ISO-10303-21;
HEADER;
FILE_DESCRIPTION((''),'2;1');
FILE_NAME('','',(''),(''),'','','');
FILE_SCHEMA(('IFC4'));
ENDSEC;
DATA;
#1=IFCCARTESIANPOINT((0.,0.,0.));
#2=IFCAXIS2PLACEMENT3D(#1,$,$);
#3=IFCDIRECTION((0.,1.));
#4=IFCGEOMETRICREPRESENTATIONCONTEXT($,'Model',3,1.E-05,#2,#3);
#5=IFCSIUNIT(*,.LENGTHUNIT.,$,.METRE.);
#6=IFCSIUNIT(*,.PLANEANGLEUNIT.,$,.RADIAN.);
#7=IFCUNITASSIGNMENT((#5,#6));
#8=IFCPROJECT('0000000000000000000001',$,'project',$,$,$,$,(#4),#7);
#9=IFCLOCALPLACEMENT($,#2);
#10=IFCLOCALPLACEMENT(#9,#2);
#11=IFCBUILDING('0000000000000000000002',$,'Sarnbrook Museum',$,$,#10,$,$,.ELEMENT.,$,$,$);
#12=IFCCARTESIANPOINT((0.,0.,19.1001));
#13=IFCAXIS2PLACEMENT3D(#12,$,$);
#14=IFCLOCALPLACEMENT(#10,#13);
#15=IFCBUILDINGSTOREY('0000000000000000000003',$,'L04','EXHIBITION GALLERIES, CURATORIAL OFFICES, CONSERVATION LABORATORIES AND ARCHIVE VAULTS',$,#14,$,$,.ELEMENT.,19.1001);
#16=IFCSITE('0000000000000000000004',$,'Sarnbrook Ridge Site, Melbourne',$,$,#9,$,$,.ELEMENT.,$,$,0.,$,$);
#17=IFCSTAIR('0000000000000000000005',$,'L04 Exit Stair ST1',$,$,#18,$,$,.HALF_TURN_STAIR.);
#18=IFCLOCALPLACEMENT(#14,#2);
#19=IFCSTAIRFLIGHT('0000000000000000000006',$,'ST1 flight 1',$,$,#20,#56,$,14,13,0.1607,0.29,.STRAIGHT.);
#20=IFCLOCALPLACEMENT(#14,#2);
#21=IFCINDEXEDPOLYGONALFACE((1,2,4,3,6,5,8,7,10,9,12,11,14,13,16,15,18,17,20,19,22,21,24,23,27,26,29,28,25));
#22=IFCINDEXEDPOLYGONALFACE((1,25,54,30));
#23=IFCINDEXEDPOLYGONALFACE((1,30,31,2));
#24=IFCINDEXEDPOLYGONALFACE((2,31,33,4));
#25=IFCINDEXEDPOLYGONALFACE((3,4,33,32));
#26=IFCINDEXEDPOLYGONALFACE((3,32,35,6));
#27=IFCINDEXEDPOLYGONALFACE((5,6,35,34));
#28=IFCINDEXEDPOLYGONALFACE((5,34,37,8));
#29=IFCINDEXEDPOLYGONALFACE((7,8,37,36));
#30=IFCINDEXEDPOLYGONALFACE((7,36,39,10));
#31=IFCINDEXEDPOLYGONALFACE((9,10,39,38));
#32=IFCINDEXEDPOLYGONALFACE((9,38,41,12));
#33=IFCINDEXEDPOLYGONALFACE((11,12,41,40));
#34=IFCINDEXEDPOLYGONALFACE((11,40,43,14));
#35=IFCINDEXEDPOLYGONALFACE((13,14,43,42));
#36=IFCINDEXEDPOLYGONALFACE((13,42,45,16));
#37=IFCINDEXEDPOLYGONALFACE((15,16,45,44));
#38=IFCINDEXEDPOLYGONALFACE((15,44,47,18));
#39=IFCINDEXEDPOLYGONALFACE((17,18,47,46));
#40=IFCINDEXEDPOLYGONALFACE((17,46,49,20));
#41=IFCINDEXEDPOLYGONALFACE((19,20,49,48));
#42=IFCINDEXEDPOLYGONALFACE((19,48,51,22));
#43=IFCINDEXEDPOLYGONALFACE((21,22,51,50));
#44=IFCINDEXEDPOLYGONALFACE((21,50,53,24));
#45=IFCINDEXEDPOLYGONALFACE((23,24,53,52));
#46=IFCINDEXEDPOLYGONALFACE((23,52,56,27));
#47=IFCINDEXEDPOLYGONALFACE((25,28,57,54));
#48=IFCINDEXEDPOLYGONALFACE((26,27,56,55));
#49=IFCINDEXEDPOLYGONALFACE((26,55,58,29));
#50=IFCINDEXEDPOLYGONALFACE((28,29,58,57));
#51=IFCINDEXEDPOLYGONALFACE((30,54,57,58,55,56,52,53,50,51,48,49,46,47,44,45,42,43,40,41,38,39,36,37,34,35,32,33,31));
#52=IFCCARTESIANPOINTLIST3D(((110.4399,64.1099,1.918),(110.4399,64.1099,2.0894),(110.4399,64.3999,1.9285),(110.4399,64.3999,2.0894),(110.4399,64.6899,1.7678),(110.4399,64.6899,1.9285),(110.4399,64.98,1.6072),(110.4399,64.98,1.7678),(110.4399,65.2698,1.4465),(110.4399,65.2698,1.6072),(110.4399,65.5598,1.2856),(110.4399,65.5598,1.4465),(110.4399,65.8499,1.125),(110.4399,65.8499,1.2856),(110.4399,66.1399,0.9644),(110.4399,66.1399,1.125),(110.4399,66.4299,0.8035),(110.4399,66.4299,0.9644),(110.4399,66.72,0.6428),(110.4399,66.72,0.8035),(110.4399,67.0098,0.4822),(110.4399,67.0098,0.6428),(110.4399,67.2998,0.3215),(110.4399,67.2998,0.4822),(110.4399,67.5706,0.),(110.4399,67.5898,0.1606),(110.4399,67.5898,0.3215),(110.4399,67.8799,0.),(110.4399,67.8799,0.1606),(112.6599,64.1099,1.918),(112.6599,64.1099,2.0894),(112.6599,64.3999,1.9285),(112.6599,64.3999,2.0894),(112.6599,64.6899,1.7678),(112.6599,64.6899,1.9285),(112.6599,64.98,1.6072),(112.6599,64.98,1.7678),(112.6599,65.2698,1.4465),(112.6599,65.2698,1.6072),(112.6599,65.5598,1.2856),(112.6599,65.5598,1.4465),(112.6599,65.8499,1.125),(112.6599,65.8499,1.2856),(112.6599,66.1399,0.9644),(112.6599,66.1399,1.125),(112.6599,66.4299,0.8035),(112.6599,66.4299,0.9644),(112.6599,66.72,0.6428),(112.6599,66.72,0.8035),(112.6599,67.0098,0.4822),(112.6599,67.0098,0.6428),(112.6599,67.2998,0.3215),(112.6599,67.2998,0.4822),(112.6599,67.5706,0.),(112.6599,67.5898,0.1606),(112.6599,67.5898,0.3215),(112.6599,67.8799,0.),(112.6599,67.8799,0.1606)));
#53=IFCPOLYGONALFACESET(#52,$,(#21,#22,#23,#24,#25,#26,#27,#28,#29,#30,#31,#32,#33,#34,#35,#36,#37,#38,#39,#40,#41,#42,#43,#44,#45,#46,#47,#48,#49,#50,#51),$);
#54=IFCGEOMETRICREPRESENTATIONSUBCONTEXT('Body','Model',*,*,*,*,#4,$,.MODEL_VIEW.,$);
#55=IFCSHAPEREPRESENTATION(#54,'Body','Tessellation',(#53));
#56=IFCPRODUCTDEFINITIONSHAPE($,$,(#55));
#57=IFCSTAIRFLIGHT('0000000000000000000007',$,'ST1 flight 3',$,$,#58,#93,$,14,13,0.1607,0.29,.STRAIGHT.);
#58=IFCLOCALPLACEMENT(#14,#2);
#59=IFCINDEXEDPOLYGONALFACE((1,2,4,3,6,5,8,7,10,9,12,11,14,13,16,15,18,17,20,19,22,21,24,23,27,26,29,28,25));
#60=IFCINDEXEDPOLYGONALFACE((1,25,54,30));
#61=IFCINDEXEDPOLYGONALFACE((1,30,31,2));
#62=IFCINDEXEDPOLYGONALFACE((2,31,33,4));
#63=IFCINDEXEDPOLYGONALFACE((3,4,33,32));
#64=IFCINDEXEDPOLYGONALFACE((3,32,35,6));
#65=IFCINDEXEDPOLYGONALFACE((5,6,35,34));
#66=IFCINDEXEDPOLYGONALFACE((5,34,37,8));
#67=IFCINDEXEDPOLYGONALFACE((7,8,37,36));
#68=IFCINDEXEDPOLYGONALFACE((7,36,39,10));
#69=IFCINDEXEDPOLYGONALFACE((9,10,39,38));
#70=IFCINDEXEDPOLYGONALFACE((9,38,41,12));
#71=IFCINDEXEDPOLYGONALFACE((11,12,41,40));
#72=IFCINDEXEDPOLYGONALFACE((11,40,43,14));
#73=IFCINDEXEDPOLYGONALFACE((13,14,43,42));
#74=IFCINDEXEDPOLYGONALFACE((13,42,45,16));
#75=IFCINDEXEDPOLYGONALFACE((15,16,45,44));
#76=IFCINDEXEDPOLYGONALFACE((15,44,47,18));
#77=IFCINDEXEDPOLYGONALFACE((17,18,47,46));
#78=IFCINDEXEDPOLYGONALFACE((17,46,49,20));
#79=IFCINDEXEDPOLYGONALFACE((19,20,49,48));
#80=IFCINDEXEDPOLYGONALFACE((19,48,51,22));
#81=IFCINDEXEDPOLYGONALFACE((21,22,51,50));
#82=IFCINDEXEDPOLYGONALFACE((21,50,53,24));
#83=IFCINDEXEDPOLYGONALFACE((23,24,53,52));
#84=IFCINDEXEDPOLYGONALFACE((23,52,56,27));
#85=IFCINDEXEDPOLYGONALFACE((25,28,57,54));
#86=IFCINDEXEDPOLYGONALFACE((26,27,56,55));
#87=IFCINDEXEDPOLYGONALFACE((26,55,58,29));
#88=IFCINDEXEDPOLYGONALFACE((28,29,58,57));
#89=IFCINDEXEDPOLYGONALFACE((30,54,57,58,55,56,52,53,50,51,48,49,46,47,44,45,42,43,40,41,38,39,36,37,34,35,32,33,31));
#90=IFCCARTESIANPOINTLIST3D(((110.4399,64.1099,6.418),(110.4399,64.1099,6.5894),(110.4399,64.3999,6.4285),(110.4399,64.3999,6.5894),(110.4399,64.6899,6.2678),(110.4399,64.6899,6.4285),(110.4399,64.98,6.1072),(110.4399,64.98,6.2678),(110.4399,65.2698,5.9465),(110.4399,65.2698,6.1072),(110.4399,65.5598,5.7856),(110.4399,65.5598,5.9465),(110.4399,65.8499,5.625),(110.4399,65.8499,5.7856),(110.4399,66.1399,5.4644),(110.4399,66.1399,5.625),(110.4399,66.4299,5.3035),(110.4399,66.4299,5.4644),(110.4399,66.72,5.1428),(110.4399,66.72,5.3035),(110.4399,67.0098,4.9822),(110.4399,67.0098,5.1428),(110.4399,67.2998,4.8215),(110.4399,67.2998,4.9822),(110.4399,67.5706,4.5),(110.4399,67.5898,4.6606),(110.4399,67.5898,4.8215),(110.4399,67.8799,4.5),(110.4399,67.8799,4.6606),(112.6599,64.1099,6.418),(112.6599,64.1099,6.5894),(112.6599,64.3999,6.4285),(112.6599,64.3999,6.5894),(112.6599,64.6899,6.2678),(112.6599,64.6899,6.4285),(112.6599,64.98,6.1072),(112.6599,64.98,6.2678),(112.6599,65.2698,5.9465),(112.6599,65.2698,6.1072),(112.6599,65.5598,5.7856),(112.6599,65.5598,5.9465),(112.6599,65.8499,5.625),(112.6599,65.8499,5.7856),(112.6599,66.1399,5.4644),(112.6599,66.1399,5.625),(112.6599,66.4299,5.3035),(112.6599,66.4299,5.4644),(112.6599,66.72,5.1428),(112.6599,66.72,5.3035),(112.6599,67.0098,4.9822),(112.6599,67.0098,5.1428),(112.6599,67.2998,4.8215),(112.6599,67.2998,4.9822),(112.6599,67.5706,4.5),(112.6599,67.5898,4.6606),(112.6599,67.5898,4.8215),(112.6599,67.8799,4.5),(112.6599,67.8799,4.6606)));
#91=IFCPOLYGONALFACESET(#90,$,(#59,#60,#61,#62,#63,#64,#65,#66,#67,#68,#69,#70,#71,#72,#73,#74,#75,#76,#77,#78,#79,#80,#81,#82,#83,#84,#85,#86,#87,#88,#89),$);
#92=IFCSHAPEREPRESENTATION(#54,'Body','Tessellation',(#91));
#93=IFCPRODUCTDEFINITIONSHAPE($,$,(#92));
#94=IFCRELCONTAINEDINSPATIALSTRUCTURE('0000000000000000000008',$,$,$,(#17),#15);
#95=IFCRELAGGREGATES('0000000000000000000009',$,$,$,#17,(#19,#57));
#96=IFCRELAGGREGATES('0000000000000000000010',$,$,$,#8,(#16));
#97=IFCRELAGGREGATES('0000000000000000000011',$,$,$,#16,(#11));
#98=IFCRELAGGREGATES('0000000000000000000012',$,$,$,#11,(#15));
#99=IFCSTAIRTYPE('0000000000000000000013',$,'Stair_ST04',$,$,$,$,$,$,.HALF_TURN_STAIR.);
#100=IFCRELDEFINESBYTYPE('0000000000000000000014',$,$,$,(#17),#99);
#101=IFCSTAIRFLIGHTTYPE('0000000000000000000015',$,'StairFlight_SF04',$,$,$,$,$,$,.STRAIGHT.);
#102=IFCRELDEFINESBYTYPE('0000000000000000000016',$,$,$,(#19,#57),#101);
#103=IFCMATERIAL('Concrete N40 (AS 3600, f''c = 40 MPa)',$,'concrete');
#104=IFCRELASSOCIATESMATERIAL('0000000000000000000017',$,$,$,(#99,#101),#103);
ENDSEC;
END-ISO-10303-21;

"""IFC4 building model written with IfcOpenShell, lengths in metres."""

from ifc_helpers import new_model, si_unit, direction, frame, origin, place, context, subcontext, project, spatial, polyline, outline, extrude, material, type_object, element, aggregate, save


model = new_model("IFC4")

# Units and contexts
model_context = context("Model", 3, precision=1e-05, world=origin(), true_north=direction((0.0, 1.0)))
body_context = subcontext(model_context, "Body", "Model", "MODEL_VIEW")
ifc_project = project(units=[si_unit("LENGTHUNIT", "METRE"), si_unit("PLANEANGLEUNIT", "RADIAN")], contexts=[model_context])

# Site, building, storey
site_placement = place(None, origin())
site = spatial("IfcSite", under=ifc_project, at=site_placement, Name="Sarnbrook Ridge Site, Melbourne", CompositionType="ELEMENT", RefElevation=0.0)
building_placement = place(site_placement, origin())
building = spatial("IfcBuilding", under=site, at=building_placement, Name="Sarnbrook Museum", CompositionType="ELEMENT")
storey_placement = place(building_placement, frame((0.0, 0.0, 19.1001)))
storey = spatial("IfcBuildingStorey", under=building, at=storey_placement, Name="L04", Description="EXHIBITION GALLERIES, CURATORIAL OFFICES, CONSERVATION LABORATORIES AND ARCHIVE VAULTS", CompositionType="ELEMENT", Elevation=19.1001)

# Stair, stair flights
ifc_material_1 = material(Name="Concrete N40 (AS 3600, f'c = 40 MPa)", Category="concrete")
stair_type = type_object("IfcStairType", Name="Stair_ST04", PredefinedType="HALF_TURN_STAIR", material=ifc_material_1)
stair_placement = place(storey_placement, origin())
stair = element("IfcStair", 1, at=stair_placement, inside=storey, type_object=stair_type, Name="L04 Exit Stair ST1", PredefinedType="HALF_TURN_STAIR")
stair_flight_type = type_object("IfcStairFlightType", Name="StairFlight_SF04", PredefinedType="STRAIGHT", material=ifc_material_1)
stair_flight_1_placement = place(storey_placement, frame((111.55, 67.8799, 0.0), z_axis=(0.0, 0.0, 1.0), x_axis=(0.0, -1.0, 0.0)))
stair_flight_1 = element("IfcStairFlight", 2, at=stair_flight_1_placement, type_object=stair_flight_type, Name="ST1 flight 1", NumberOfRisers=14, NumberOfTreads=13, PredefinedType="STRAIGHT", RiserHeight=0.1607, TreadLength=0.29, context=body_context, shape_type="SweptSolid", body=[
    extrude(outline(polyline([(0.0, 0.0), (0.0, 0.1606), (0.29, 0.1606), (0.29, 0.3215), (0.5801, 0.3215), (0.5801, 0.4822), (0.8701, 0.4822), (0.8701, 0.6428), (1.1599, 0.6428), (1.1599, 0.8035), (1.45, 0.8035), (1.45, 0.9644), (1.74, 0.9644), (1.74, 1.125), (2.03, 1.125), (2.03, 1.2856), (2.3201, 1.2856), (2.3201, 1.4465), (2.6101, 1.4465), (2.6101, 1.6072), (2.8999, 1.6072), (2.8999, 1.7678), (3.1899, 1.7678), (3.1899, 1.9285), (3.48, 1.9285), (3.48, 2.0894), (3.77, 2.0894), (3.77, 2.25), (3.77, 1.918), (0.3093, 0.0), (0.0, 0.0)])), frame((0.0, 1.1099, 0.0), z_axis=(0.0, -1.0, 0.0), x_axis=(1.0, 0.0, 0.0)), (0.0, 0.0, 1.0), 2.22),
])
stair_flight_2_placement = place(storey_placement, frame((111.55, 67.8799, 4.5), z_axis=(0.0, 0.0, 1.0), x_axis=(0.0, -1.0, 0.0)))
stair_flight_2 = element("IfcStairFlight", 3, at=stair_flight_2_placement, type_object=stair_flight_type, Name="ST1 flight 3", NumberOfRisers=14, NumberOfTreads=13, PredefinedType="STRAIGHT", RiserHeight=0.1607, TreadLength=0.29, context=body_context, shape_type="SweptSolid", body=[
    extrude(outline(polyline([(0.0, 0.0), (0.0, 0.1606), (0.29, 0.1606), (0.29, 0.3215), (0.5801, 0.3215), (0.5801, 0.4822), (0.8701, 0.4822), (0.8701, 0.6428), (1.1599, 0.6428), (1.1599, 0.8035), (1.45, 0.8035), (1.45, 0.9644), (1.74, 0.9644), (1.74, 1.125), (2.03, 1.125), (2.03, 1.2856), (2.3201, 1.2856), (2.3201, 1.4465), (2.6101, 1.4465), (2.6101, 1.6072), (2.8999, 1.6072), (2.8999, 1.7678), (3.1899, 1.7678), (3.1899, 1.9285), (3.48, 1.9285), (3.48, 2.0894), (3.77, 2.0894), (3.77, 2.25), (3.77, 1.918), (0.3093, 0.0), (0.0, 0.0)])), frame((0.0, 1.1099, 0.0), z_axis=(0.0, -1.0, 0.0), x_axis=(1.0, 0.0, 0.0)), (0.0, 0.0, 1.0), 2.22),
])
aggregate(stair, [stair_flight_1, stair_flight_2])

save(model, "model.ifc")
